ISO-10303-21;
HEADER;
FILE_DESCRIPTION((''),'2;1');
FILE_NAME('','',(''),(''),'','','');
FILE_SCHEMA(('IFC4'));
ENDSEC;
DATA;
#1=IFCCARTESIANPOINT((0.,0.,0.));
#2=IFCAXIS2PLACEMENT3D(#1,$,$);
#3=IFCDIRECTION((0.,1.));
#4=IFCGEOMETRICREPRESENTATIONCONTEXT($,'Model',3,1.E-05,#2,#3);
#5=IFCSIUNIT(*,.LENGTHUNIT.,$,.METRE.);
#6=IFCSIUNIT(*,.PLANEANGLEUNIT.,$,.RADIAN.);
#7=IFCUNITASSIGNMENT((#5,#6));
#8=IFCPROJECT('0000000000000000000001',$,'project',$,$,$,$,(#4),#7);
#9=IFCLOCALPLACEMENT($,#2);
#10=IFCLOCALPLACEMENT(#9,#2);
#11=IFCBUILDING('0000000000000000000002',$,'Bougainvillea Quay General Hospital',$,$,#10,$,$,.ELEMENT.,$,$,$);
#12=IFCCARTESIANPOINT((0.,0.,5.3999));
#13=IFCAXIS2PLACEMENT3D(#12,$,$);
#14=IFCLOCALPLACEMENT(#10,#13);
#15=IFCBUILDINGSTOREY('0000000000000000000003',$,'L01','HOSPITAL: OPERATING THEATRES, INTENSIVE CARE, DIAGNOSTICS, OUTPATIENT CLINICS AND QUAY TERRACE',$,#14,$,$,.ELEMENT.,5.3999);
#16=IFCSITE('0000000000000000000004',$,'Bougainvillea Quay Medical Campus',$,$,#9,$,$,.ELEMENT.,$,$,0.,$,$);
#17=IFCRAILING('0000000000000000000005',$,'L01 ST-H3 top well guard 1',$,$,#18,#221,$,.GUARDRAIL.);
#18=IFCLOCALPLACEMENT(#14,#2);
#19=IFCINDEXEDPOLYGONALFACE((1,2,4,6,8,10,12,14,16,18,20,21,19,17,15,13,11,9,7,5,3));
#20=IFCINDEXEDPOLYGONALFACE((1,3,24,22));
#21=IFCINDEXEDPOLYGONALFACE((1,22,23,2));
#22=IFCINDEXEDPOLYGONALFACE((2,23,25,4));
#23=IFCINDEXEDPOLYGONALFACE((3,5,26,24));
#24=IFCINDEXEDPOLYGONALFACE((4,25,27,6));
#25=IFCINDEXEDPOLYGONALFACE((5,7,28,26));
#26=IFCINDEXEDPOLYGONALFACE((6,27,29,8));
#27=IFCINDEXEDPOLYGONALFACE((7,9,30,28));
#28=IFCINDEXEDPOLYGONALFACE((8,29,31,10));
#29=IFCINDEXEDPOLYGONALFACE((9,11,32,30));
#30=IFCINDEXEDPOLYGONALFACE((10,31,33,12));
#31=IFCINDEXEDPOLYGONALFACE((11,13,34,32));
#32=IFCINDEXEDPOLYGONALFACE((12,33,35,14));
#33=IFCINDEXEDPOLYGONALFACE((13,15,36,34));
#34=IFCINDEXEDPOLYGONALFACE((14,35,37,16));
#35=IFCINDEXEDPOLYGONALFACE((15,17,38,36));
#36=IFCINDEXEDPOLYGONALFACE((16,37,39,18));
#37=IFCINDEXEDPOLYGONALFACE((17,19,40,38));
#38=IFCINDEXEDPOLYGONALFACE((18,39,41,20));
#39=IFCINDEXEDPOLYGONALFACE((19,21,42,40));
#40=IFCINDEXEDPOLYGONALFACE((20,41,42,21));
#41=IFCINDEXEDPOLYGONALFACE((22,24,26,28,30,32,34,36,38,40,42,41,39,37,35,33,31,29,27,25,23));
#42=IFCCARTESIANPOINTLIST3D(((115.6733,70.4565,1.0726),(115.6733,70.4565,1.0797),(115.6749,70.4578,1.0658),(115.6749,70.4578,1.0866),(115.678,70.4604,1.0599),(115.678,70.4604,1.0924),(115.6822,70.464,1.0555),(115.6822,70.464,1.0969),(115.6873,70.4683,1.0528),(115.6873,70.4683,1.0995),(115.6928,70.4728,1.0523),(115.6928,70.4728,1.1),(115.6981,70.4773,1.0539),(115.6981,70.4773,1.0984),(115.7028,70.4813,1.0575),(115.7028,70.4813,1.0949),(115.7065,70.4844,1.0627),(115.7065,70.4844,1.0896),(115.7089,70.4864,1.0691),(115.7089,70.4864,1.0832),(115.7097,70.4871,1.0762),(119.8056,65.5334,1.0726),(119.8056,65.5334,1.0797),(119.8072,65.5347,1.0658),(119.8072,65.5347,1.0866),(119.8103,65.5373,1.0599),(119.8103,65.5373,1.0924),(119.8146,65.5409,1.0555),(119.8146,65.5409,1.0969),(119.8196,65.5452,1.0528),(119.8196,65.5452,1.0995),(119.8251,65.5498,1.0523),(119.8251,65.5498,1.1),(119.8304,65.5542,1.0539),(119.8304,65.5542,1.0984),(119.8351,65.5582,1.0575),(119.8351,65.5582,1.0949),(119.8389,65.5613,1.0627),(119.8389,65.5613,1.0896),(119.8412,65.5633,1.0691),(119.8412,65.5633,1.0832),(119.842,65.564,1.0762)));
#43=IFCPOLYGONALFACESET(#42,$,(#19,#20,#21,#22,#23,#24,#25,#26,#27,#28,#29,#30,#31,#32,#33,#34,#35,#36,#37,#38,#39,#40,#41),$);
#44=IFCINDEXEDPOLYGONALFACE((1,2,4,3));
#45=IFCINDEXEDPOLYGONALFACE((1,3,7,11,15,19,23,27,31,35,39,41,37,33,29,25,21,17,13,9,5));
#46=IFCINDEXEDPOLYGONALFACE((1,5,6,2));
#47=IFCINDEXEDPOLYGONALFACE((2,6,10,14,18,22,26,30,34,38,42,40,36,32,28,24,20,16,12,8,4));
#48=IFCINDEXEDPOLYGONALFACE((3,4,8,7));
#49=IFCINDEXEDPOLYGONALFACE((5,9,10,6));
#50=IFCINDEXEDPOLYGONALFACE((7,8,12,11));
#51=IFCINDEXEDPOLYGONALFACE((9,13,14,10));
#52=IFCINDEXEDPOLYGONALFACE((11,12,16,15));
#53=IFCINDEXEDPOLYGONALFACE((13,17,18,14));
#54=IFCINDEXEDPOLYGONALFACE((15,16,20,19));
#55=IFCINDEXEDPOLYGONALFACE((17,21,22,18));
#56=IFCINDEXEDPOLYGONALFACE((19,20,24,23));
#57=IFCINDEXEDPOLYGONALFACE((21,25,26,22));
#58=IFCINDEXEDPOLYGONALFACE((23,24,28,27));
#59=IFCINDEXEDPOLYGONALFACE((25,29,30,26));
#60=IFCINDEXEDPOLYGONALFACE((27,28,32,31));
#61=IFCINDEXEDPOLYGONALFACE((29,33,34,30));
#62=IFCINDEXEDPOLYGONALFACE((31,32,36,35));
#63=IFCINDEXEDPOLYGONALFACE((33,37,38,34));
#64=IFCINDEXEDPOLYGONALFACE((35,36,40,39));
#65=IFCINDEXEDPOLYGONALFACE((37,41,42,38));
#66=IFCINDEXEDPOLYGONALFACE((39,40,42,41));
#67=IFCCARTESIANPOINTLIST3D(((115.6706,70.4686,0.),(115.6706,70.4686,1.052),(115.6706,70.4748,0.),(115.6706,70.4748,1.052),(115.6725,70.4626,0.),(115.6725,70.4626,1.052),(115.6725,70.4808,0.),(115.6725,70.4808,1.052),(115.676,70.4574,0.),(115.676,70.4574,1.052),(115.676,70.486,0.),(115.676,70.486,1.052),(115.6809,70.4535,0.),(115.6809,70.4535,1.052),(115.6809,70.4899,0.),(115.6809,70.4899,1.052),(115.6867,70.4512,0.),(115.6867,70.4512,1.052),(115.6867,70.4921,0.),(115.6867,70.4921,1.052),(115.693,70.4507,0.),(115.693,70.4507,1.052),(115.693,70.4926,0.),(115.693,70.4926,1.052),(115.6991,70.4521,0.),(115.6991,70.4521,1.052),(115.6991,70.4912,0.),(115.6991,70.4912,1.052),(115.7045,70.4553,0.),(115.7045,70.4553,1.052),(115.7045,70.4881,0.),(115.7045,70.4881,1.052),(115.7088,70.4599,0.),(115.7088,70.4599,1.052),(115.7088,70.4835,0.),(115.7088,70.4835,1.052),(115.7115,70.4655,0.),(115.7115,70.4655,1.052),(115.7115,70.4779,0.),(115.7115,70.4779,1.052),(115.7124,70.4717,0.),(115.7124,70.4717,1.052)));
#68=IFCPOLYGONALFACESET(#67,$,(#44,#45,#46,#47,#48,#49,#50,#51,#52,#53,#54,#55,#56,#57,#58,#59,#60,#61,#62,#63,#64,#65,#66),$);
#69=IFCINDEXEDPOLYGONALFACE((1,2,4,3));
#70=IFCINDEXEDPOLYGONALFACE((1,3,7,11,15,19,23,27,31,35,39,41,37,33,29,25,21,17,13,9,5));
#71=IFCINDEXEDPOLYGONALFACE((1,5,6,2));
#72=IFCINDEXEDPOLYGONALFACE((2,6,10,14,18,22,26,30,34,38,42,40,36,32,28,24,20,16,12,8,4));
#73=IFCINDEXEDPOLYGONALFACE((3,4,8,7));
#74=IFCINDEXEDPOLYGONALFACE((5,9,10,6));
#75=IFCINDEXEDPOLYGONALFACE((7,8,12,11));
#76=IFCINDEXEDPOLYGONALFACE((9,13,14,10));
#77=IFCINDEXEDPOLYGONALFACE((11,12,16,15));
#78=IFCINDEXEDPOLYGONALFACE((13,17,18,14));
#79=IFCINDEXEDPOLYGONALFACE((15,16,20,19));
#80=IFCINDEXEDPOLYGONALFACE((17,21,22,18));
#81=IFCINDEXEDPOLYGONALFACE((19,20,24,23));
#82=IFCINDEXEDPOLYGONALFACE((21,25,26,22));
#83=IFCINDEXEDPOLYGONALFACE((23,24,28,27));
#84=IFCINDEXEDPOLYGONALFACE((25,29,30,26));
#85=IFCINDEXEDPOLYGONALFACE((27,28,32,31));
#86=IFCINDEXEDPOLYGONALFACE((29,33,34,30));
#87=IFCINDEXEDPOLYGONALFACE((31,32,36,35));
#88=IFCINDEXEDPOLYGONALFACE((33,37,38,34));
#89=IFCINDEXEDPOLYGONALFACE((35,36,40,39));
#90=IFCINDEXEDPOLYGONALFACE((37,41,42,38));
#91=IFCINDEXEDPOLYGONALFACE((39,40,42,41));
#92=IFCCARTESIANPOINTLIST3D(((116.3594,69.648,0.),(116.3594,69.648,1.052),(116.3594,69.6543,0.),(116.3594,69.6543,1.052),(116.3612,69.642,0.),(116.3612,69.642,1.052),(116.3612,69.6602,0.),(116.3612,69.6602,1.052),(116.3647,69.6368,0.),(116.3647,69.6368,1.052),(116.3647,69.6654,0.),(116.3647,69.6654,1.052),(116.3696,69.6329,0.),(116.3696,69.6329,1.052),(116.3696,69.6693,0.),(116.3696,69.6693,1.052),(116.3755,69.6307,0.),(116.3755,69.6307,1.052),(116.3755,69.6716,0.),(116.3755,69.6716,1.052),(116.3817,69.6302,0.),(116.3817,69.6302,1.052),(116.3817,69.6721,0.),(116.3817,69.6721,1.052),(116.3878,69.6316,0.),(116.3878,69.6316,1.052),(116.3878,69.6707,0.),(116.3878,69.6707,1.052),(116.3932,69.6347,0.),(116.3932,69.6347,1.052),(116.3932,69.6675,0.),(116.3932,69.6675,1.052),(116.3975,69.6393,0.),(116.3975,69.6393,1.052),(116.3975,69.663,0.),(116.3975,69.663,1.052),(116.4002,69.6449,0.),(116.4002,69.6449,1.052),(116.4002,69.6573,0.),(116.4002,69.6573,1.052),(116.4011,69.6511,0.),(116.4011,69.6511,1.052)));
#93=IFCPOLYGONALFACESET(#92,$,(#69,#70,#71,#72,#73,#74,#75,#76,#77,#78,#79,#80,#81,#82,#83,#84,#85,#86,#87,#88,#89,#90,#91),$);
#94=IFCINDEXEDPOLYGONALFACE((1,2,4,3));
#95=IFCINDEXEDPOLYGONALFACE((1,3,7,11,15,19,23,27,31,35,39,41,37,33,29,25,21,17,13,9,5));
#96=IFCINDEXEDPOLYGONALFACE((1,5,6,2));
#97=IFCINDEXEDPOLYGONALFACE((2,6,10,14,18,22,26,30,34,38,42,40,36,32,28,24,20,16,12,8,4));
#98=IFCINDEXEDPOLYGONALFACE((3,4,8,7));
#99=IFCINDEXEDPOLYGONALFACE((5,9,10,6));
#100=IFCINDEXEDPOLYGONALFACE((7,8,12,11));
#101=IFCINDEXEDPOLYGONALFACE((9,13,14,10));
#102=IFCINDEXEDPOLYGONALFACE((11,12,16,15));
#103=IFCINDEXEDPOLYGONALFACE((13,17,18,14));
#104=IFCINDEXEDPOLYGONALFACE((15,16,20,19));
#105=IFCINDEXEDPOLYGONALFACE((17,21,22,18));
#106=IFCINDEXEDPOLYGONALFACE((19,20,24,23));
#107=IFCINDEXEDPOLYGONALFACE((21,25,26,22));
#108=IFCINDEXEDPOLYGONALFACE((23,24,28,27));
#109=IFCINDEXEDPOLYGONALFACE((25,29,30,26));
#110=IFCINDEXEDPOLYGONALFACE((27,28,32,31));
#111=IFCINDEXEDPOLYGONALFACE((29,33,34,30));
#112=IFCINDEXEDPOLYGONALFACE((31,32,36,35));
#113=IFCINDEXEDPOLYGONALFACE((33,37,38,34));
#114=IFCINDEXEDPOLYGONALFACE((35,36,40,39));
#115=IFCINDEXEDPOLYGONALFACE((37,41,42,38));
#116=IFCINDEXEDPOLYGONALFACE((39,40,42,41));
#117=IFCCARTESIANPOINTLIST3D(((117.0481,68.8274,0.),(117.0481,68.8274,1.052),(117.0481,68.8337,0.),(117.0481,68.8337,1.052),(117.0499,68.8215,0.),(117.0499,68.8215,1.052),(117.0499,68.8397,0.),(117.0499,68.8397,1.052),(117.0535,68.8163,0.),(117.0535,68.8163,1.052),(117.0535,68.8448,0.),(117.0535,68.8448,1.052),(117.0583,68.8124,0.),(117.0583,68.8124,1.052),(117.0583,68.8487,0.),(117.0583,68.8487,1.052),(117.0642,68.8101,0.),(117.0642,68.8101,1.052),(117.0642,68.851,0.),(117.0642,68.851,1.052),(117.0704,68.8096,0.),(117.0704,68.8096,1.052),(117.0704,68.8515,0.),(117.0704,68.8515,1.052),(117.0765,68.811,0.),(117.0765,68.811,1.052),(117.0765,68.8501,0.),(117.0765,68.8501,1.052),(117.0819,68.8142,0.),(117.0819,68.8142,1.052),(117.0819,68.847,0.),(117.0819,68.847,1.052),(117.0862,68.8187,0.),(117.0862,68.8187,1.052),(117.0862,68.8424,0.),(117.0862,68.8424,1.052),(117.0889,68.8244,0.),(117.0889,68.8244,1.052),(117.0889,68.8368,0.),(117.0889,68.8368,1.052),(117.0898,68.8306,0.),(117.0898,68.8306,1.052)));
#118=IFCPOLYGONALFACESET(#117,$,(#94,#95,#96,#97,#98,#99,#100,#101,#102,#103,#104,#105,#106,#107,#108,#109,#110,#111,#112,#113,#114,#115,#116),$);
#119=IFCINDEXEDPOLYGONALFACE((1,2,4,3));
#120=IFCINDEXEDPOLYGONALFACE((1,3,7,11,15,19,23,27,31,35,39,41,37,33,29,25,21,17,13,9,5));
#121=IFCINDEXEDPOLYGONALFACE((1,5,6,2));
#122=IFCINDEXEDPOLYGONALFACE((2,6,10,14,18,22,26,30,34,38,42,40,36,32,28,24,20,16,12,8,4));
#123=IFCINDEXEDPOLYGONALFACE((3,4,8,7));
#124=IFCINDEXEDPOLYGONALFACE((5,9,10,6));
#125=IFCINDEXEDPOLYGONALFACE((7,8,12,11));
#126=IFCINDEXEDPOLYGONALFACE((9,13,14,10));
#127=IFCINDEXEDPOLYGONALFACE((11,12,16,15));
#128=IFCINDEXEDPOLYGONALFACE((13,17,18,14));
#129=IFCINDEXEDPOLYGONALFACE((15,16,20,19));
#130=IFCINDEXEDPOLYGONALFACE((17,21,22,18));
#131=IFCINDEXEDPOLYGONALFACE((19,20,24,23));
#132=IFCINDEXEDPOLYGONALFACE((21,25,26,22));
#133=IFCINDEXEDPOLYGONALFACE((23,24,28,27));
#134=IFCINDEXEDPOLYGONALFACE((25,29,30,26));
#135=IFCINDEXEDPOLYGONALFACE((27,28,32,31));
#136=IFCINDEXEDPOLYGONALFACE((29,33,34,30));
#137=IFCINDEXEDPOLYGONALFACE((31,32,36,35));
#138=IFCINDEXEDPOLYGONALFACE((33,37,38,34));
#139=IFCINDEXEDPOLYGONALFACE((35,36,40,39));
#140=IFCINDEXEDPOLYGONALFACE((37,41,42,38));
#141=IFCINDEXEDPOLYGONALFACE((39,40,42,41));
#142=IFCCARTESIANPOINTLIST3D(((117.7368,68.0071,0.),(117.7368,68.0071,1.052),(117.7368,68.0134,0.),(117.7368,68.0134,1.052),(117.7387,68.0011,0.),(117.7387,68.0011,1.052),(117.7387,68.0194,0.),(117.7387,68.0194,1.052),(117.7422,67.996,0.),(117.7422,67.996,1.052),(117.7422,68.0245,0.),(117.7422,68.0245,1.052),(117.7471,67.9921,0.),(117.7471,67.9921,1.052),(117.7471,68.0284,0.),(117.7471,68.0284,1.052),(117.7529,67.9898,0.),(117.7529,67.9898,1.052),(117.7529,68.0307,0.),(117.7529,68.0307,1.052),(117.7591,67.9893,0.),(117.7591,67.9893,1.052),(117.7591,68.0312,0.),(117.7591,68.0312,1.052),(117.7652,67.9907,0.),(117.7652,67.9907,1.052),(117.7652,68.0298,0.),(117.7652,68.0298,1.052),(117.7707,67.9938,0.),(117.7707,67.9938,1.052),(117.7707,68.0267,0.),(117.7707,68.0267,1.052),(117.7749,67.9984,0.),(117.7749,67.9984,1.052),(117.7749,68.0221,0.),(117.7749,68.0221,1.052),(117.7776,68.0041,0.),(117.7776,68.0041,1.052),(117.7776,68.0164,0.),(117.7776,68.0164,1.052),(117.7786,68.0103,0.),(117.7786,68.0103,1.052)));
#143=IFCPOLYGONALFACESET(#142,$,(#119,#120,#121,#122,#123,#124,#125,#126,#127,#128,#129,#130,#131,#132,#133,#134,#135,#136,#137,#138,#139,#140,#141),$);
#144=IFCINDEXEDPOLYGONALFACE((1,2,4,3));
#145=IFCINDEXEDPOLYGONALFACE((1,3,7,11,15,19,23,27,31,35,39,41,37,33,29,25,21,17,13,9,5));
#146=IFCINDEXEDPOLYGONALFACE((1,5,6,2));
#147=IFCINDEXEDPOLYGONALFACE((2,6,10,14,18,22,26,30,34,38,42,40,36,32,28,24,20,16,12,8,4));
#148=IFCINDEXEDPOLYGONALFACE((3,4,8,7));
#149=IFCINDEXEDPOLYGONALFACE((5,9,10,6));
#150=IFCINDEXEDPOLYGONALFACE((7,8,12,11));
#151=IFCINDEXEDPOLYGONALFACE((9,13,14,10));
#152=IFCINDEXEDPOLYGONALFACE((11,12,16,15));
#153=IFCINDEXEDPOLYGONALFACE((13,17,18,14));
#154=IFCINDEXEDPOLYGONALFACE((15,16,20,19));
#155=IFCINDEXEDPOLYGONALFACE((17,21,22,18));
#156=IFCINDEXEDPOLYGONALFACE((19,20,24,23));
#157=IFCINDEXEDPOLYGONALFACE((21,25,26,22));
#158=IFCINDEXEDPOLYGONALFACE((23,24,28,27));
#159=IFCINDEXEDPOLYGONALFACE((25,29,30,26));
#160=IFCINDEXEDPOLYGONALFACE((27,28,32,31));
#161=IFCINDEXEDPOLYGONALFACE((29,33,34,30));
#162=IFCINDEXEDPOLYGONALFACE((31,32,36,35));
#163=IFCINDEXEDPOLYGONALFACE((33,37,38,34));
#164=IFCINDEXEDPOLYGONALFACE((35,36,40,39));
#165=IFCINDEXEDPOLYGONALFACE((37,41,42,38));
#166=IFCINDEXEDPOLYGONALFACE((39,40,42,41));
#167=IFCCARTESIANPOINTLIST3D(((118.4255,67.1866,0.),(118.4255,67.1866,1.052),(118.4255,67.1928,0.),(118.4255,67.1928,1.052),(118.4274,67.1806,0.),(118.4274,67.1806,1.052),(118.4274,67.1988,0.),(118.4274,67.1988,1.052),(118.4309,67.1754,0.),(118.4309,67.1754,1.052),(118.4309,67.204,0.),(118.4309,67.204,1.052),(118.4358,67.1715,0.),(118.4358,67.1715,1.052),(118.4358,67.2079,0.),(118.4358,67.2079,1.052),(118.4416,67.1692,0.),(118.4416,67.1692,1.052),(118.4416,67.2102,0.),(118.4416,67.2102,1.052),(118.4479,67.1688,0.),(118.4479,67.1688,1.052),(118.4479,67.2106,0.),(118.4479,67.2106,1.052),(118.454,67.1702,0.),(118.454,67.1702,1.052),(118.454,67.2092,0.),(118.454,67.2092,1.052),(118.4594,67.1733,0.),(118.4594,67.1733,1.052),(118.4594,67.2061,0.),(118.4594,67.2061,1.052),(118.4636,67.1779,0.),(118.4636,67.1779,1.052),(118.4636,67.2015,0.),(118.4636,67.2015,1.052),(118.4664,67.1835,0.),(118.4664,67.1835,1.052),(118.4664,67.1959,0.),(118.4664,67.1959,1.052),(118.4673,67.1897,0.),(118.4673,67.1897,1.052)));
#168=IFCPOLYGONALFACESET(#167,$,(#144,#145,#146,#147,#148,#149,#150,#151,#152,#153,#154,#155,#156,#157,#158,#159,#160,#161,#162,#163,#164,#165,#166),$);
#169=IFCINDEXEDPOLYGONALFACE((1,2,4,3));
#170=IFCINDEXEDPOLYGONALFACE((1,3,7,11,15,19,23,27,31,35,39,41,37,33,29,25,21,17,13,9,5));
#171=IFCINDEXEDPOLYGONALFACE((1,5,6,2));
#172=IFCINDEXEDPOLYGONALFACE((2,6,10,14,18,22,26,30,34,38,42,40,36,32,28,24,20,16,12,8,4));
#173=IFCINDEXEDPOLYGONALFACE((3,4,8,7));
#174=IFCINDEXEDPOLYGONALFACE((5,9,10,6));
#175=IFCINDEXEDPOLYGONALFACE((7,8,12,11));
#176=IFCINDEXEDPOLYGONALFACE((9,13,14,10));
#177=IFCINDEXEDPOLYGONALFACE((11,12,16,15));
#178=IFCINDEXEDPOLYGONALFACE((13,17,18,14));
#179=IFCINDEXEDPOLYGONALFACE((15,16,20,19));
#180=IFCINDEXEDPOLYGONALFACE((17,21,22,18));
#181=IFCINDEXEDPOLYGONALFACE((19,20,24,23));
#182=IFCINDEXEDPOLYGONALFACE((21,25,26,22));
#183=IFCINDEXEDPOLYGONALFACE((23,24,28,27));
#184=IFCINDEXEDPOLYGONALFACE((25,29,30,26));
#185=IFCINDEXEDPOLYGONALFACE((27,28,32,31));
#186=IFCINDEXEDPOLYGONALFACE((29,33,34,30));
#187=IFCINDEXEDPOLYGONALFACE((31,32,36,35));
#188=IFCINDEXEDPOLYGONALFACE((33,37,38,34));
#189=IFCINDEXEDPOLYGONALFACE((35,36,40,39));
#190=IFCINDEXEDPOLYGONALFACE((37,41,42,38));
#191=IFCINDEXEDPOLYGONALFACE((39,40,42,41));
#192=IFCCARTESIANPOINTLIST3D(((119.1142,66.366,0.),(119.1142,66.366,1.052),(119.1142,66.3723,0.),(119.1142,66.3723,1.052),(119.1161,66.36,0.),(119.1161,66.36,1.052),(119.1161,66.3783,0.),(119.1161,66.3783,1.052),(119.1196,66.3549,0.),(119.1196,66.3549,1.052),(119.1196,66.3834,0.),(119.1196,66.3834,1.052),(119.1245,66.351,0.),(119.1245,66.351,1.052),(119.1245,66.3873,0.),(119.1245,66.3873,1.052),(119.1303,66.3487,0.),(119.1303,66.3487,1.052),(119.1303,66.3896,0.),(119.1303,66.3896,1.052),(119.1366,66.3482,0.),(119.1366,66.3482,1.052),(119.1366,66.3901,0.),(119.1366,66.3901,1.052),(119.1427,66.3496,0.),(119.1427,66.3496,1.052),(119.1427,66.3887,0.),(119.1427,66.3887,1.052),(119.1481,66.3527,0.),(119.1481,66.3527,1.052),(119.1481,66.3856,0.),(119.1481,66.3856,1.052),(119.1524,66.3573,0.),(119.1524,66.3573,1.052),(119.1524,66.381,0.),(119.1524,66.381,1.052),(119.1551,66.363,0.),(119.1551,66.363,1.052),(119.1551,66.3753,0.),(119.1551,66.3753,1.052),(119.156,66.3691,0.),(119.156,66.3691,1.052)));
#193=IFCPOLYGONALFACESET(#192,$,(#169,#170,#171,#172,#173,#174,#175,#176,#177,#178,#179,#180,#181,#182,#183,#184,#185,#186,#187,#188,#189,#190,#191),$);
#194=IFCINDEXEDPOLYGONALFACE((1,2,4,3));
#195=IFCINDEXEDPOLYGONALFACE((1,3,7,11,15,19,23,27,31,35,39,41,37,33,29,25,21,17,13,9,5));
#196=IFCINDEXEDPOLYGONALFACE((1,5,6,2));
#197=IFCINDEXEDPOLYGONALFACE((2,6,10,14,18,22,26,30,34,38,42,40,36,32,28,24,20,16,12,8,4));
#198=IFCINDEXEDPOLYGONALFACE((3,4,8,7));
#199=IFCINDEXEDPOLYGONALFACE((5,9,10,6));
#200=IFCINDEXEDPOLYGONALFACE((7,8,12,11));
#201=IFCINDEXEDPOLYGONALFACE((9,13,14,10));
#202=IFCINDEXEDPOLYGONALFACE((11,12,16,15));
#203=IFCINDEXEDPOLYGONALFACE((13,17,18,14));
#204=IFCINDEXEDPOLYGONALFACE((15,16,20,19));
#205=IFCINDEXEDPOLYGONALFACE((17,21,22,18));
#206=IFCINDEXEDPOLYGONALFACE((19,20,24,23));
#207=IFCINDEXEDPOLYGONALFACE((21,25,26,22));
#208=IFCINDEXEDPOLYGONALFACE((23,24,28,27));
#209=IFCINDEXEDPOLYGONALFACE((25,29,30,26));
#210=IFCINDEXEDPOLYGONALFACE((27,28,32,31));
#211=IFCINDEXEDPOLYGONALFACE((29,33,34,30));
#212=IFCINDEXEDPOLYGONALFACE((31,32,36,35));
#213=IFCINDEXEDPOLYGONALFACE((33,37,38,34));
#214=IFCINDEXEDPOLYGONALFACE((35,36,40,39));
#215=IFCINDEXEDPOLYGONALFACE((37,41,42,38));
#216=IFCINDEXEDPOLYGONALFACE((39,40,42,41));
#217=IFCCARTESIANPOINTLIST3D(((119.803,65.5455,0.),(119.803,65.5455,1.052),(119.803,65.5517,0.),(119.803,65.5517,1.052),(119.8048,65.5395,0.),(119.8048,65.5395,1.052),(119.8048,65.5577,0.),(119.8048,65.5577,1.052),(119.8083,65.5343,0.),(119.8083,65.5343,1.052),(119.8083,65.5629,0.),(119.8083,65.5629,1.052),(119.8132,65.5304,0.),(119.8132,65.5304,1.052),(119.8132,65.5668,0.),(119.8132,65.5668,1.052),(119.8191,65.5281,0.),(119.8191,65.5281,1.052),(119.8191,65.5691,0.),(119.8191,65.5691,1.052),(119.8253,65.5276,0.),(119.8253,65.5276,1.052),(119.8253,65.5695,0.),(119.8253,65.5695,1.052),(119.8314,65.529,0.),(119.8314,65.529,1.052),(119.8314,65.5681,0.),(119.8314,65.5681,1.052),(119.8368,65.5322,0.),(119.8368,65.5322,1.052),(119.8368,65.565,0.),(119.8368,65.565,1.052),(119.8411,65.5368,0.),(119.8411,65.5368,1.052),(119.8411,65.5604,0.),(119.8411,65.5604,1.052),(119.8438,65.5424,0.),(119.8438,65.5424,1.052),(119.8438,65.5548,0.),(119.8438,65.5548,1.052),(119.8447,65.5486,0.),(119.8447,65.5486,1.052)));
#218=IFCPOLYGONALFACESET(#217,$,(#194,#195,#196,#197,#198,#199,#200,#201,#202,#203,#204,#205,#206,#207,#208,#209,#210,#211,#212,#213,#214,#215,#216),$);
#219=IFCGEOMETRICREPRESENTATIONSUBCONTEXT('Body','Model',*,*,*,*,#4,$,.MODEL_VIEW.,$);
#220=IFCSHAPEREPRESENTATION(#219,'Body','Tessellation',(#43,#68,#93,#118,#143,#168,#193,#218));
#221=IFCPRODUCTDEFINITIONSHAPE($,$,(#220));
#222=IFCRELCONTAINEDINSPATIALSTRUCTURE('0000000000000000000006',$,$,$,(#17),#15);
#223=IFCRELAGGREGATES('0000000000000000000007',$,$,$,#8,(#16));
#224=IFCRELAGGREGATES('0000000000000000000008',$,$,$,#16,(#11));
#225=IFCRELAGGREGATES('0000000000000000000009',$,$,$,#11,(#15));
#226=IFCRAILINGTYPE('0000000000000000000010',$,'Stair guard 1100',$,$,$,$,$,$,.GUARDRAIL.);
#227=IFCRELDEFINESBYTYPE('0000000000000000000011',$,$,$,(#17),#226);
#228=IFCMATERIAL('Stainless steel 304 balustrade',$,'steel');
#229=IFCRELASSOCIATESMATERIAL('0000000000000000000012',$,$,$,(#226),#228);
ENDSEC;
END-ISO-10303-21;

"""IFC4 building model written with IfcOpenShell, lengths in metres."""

from ifc_helpers import new_model, si_unit, direction, frame, origin, origin_2d, place, context, subcontext, project, spatial, circle, extrude, material, type_object, element, save


model = new_model("IFC4")

# Units and contexts
model_context = context("Model", 3, precision=1e-05, world=origin(), true_north=direction((0.0, 1.0)))
body_context = subcontext(model_context, "Body", "Model", "MODEL_VIEW")
ifc_project = project(units=[si_unit("LENGTHUNIT", "METRE"), si_unit("PLANEANGLEUNIT", "RADIAN")], contexts=[model_context])

# Site, building, storey
site_placement = place(None, origin())
site = spatial("IfcSite", under=ifc_project, at=site_placement, Name="Bougainvillea Quay Medical Campus", CompositionType="ELEMENT", RefElevation=0.0)
building_placement = place(site_placement, origin())
building = spatial("IfcBuilding", under=site, at=building_placement, Name="Bougainvillea Quay General Hospital", CompositionType="ELEMENT")
storey_placement = place(building_placement, frame((0.0, 0.0, 5.3999)))
storey = spatial("IfcBuildingStorey", under=building, at=storey_placement, Name="L01", Description="HOSPITAL: OPERATING THEATRES, INTENSIVE CARE, DIAGNOSTICS, OUTPATIENT CLINICS AND QUAY TERRACE", CompositionType="ELEMENT", Elevation=5.3999)

# Railing
ifc_material_1 = material(Name="Stainless steel 304 balustrade", Category="steel")
railing_type_1 = type_object("IfcRailingType", Name="Stair guard 1100", PredefinedType="GUARDRAIL", material=ifc_material_1)
railing_1_placement = place(storey_placement, frame((115.6914, 70.4717, 0.0)))
element("IfcRailing", 1, at=railing_1_placement, inside=storey, type_object=railing_type_1, Name="L01 ST-H3 top well guard 1", PredefinedType="GUARDRAIL", context=body_context, shape_type="SweptSolid", body=[
    extrude(circle(Radius=0.0239, at=origin_2d()), frame((0.0, 0.0, 1.0762), z_axis=(0.642911, -0.765941, 0.0), x_axis=(0.765941, 0.642911, 0.0)), (0.0, 0.0, 1.0), 6.4275),
    extrude(circle(Radius=0.021, at=origin_2d()), origin(), (0.0, 0.0, 1.0), 1.052),
    extrude(circle(Radius=0.021, at=origin_2d()), frame((0.6887, -0.8206, 0.0)), (0.0, 0.0, 1.0), 1.052),
    extrude(circle(Radius=0.021, at=origin_2d()), frame((1.3774, -1.6411, 0.0)), (0.0, 0.0, 1.0), 1.052),
    extrude(circle(Radius=0.021, at=origin_2d()), frame((2.0662, -2.4614, 0.0)), (0.0, 0.0, 1.0), 1.052),
    extrude(circle(Radius=0.021, at=origin_2d()), frame((2.7549, -3.282, 0.0)), (0.0, 0.0, 1.0), 1.052),
    extrude(circle(Radius=0.021, at=origin_2d()), frame((3.4436, -4.1025, 0.0)), (0.0, 0.0, 1.0), 1.052),
    extrude(circle(Radius=0.021, at=origin_2d()), frame((4.1323, -4.9231, 0.0)), (0.0, 0.0, 1.0), 1.052),
])

save(model, "model.ifc")
